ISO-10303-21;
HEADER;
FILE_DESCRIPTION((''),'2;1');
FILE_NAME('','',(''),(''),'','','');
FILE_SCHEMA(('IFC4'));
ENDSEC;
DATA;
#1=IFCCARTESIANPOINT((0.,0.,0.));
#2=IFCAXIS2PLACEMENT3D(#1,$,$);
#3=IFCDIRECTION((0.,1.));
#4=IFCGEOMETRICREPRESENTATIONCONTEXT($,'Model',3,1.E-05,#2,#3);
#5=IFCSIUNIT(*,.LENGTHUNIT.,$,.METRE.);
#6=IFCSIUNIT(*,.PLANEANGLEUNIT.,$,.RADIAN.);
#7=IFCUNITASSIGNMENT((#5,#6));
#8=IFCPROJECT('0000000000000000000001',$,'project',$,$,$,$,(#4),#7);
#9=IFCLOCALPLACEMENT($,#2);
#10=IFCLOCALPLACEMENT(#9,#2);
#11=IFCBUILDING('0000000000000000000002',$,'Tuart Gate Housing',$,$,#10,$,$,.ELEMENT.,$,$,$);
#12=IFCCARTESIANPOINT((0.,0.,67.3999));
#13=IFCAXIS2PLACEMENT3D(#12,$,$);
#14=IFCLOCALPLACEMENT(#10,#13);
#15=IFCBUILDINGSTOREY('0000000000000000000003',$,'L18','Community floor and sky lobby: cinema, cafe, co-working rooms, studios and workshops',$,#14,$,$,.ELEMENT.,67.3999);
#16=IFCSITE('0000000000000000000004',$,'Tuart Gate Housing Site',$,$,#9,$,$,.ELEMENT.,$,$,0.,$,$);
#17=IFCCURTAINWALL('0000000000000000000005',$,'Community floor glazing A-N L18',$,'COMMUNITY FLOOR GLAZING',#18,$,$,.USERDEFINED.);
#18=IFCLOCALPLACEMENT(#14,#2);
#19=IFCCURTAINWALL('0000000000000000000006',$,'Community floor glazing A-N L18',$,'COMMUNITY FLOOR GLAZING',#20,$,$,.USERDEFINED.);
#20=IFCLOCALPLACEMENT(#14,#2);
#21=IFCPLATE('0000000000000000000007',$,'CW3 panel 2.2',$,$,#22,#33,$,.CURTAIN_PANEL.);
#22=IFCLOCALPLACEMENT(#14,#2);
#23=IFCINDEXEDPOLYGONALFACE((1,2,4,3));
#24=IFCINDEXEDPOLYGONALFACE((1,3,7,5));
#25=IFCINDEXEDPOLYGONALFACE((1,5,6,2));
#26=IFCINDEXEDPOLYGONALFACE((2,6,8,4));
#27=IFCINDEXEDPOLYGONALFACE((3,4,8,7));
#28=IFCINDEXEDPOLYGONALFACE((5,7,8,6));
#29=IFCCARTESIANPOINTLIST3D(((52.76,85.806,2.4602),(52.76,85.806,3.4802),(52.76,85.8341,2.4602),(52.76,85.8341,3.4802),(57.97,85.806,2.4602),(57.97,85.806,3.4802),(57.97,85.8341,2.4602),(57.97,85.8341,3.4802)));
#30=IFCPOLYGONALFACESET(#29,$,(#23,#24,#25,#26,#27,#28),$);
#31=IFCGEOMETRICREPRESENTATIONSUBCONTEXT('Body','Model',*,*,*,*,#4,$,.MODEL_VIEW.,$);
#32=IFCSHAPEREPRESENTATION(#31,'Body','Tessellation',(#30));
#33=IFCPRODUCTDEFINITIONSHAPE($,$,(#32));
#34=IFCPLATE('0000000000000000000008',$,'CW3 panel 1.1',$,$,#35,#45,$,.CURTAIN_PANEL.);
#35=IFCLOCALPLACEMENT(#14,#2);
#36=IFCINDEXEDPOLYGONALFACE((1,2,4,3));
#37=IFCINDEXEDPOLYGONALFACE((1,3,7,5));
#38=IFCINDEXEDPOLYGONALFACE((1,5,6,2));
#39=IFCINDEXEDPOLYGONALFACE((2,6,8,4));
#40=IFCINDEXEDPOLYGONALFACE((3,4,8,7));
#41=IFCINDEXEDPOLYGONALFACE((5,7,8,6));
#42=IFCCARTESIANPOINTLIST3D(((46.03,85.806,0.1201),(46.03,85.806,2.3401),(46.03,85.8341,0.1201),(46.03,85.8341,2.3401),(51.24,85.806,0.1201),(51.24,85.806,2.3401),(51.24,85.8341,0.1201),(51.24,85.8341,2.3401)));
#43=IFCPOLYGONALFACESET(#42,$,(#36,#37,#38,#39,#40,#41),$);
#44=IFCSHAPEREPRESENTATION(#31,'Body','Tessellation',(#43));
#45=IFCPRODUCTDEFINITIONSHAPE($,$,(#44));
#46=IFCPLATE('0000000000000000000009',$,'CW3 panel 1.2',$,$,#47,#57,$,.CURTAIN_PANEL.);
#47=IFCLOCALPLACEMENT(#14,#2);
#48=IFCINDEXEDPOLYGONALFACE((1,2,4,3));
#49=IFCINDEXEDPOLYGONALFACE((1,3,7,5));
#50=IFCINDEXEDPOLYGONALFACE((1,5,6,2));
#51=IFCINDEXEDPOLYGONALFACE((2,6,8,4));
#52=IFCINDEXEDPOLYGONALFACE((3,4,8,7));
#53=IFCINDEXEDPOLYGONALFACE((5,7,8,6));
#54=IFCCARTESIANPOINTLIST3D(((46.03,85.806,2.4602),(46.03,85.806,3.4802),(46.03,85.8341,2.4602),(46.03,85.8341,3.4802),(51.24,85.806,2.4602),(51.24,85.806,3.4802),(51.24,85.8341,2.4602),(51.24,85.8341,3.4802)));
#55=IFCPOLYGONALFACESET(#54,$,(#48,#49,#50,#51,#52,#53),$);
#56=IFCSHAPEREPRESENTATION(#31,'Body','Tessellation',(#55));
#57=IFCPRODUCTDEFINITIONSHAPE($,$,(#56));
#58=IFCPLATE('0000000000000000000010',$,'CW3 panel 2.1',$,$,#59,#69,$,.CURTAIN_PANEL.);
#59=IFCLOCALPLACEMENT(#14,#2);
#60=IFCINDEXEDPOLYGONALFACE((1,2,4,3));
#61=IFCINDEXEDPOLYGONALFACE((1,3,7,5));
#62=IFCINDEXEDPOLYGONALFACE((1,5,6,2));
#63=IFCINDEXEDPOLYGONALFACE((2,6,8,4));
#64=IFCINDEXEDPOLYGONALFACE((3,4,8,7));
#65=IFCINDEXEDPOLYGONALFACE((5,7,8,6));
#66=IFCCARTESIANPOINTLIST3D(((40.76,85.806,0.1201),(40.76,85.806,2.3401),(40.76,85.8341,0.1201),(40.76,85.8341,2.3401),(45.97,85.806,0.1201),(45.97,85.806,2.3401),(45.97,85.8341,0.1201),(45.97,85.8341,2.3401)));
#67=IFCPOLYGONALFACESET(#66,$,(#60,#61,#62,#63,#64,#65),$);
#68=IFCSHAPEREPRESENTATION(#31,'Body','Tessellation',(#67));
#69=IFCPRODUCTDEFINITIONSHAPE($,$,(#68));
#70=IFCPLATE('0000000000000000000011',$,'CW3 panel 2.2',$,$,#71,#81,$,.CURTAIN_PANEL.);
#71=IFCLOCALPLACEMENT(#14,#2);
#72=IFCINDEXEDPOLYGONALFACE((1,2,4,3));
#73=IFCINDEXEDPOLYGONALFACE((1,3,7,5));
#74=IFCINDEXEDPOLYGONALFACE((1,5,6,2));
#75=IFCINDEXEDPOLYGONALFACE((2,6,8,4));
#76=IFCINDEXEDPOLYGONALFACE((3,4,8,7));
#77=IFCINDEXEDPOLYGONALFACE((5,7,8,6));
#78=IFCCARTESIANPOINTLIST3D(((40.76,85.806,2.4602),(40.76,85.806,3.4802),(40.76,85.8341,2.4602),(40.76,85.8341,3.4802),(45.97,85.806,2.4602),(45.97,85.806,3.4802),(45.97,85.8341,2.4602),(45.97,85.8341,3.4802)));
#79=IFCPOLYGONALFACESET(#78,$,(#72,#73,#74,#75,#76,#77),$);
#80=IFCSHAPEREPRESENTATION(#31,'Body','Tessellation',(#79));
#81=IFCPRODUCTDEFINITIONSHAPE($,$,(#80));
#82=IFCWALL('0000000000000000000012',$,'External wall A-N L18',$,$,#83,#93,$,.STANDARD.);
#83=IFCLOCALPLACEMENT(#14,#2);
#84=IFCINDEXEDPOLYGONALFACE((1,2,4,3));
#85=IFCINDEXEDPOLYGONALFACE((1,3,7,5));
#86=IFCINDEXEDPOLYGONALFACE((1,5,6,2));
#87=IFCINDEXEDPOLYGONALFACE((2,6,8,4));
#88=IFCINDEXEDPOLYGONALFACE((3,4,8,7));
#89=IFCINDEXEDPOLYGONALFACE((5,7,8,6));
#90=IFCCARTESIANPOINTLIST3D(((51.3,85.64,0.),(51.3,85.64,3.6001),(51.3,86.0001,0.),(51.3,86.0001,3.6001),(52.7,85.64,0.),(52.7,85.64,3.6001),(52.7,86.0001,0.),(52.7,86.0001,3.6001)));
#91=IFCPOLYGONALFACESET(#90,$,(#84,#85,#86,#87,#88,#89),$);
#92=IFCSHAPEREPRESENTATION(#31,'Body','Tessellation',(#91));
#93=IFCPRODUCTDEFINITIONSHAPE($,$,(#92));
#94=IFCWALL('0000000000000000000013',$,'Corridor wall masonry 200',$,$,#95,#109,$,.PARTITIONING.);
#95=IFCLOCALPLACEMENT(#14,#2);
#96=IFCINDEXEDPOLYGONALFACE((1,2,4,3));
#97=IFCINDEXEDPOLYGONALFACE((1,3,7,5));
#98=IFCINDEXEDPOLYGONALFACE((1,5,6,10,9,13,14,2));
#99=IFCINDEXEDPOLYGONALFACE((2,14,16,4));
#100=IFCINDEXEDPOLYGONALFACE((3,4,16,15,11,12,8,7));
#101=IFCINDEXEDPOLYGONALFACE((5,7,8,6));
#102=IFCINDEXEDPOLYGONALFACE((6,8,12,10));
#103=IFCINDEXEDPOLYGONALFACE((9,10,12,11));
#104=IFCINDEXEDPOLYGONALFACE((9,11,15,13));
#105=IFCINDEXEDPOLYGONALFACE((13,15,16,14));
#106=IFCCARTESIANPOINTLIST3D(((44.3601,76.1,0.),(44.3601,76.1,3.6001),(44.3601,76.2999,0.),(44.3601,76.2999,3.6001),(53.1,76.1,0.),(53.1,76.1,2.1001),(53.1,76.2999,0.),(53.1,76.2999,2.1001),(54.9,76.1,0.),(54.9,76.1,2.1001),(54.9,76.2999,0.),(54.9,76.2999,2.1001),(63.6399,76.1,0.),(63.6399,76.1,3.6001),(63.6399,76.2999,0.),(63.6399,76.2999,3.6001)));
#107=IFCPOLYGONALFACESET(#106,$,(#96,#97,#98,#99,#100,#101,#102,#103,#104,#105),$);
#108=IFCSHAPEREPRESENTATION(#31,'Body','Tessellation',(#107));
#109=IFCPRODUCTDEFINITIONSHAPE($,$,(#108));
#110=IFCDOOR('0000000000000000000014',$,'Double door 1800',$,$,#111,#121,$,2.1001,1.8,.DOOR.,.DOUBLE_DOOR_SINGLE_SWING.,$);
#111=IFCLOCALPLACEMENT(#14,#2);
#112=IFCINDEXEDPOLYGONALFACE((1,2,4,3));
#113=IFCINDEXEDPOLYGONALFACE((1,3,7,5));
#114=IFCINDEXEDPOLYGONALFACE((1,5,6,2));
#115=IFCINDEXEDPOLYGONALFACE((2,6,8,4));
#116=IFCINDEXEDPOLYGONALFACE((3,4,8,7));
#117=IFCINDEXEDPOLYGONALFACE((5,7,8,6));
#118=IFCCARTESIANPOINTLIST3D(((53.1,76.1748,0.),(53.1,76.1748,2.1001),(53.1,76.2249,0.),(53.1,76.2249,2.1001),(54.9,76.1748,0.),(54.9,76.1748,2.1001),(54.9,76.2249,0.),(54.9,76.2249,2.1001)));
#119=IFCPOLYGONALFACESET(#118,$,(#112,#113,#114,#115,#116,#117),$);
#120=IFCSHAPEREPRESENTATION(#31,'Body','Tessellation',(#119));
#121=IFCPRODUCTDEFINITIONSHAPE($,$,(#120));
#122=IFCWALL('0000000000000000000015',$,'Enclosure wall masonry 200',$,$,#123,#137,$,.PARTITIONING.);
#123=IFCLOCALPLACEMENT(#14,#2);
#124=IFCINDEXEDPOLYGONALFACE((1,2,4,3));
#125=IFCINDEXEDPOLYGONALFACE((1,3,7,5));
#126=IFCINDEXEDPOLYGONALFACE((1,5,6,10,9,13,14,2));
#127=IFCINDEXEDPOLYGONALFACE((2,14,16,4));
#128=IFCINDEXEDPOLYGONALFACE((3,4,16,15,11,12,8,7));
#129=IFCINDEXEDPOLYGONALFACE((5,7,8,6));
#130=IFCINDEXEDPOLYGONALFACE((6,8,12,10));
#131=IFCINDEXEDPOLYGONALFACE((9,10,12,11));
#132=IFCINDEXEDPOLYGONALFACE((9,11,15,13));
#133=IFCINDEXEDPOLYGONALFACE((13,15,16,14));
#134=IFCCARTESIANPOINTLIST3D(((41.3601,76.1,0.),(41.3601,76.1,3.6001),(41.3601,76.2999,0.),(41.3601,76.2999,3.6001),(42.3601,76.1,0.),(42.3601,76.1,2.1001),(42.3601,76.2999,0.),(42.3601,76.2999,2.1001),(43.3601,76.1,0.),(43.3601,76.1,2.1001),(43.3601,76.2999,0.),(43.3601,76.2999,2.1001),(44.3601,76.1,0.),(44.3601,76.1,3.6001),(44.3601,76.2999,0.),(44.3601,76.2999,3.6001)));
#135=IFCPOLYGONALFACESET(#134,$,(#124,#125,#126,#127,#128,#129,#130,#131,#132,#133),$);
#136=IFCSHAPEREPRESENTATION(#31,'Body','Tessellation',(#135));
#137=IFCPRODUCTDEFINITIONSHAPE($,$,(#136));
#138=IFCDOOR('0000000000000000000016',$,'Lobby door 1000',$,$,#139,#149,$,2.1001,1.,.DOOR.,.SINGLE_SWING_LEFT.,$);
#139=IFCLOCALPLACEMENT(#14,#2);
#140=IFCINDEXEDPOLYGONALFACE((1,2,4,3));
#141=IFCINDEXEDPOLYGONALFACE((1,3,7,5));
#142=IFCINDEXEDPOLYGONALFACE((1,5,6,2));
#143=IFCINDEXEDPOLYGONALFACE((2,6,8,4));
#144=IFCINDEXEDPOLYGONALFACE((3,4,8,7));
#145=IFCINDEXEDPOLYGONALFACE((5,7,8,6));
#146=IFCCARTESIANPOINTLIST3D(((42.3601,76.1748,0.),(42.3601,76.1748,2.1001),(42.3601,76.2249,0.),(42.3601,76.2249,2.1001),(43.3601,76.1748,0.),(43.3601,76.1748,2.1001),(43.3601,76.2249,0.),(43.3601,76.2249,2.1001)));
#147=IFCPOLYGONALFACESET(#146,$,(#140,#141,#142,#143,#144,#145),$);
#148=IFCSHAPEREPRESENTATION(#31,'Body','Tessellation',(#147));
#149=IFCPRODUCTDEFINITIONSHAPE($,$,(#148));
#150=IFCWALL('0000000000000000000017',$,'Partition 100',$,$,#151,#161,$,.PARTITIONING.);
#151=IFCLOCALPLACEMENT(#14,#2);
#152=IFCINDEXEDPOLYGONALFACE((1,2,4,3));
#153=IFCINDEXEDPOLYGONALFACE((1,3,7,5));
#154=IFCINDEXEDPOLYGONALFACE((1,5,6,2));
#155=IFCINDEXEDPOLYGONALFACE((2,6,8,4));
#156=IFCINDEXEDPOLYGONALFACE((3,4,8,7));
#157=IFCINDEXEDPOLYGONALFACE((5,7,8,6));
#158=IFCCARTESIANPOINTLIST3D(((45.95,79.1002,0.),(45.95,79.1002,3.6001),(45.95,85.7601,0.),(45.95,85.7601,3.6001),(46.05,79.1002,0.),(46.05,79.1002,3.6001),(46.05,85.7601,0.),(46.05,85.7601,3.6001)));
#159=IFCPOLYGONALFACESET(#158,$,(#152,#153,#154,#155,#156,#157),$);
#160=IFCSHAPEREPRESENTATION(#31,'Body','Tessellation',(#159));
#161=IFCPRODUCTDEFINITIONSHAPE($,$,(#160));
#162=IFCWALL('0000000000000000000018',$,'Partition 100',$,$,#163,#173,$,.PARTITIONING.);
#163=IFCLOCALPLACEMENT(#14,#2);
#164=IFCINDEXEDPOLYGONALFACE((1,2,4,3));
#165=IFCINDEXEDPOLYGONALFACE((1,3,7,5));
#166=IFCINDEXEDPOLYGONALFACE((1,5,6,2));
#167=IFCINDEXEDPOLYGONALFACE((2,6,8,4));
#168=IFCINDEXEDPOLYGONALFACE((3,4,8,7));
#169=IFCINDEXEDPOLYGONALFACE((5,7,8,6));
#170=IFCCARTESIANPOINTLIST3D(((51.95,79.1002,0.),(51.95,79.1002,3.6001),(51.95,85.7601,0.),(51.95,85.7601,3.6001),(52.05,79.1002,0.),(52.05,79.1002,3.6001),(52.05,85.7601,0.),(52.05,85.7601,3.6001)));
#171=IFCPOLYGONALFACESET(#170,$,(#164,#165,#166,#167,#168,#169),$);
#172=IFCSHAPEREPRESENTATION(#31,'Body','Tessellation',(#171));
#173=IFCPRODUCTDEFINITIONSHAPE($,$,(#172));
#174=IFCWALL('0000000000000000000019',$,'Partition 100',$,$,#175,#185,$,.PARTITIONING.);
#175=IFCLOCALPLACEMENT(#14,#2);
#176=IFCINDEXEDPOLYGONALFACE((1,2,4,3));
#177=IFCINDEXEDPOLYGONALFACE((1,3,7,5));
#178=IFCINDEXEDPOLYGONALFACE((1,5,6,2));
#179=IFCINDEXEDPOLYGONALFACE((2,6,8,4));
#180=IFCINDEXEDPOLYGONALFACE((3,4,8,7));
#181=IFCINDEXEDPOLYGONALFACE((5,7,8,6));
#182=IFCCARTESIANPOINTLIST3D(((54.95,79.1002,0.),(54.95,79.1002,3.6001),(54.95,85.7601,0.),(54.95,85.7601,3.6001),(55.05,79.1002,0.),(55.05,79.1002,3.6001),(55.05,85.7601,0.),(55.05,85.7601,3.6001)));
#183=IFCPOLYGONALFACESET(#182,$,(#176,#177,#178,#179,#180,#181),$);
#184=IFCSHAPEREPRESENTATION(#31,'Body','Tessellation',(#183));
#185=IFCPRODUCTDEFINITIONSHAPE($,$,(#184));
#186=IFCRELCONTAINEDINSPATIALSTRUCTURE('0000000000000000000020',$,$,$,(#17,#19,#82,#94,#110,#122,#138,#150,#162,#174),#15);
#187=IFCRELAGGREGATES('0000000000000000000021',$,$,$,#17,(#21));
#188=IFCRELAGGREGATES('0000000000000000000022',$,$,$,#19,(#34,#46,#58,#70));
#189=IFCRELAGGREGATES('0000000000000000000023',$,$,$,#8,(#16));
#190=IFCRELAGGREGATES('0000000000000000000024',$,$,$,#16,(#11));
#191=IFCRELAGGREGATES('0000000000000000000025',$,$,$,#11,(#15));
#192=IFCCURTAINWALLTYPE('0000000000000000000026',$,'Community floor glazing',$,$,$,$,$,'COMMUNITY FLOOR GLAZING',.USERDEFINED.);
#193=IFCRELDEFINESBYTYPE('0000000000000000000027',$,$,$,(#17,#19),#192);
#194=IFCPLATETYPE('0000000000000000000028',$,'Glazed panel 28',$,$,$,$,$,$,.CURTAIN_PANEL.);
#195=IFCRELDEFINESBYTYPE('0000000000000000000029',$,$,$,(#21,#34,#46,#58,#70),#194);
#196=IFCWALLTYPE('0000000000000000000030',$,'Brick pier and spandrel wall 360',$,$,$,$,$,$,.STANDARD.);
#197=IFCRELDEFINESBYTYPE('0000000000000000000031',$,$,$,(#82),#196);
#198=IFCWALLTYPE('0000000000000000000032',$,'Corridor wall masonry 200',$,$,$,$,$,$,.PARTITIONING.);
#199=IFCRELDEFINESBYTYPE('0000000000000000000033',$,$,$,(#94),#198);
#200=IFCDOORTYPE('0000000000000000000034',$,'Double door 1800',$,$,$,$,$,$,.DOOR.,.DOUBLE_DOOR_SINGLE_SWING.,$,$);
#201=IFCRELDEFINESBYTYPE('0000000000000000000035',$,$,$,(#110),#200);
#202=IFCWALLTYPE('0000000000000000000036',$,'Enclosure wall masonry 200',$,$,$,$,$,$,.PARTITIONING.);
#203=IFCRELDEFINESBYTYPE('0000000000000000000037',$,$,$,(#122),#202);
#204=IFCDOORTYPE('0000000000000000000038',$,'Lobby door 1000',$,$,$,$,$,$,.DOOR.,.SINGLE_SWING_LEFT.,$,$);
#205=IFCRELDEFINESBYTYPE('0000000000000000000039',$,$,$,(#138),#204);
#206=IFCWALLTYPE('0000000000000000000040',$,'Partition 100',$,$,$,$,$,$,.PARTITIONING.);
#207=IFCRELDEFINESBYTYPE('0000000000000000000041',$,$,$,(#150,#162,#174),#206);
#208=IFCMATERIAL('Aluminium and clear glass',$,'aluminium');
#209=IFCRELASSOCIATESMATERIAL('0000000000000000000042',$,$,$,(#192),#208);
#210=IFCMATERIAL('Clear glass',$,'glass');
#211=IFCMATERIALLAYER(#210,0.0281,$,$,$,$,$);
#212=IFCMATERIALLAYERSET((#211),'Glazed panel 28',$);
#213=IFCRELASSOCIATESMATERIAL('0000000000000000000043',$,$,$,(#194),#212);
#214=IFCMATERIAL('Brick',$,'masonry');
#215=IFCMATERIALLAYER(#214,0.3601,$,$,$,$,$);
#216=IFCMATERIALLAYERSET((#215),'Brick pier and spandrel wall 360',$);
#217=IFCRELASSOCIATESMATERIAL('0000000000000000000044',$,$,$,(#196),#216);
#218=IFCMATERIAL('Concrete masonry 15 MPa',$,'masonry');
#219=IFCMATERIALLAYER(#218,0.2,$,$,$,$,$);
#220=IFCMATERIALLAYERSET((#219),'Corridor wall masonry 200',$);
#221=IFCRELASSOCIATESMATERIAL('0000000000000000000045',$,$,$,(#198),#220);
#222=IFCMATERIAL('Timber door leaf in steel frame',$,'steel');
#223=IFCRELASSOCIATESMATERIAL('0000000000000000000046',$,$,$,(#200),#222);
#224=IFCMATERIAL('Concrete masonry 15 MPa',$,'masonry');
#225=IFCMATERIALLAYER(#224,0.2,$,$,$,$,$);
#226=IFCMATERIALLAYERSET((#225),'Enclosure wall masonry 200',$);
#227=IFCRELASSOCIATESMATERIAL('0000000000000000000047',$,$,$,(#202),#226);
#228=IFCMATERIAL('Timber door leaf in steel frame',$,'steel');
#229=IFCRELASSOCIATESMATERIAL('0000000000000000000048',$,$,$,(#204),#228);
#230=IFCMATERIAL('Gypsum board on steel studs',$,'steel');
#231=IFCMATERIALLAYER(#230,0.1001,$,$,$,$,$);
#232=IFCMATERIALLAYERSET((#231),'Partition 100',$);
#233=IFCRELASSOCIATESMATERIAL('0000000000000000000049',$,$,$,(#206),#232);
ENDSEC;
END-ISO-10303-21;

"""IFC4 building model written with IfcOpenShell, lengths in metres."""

from ifc_helpers import new_model, si_unit, direction, frame, frame_2d, origin, origin_2d, place, context, subcontext, project, spatial, rectangle, extrude, material, layer, layer_set, type_object, element, fill, aggregate, save


model = new_model("IFC4")

# Units and contexts
model_context = context("Model", 3, precision=1e-05, world=origin(), true_north=direction((0.0, 1.0)))
body_context = subcontext(model_context, "Body", "Model", "MODEL_VIEW")
ifc_project = project(units=[si_unit("LENGTHUNIT", "METRE"), si_unit("PLANEANGLEUNIT", "RADIAN")], contexts=[model_context])

# Site, building, storey
site_placement = place(None, origin())
site = spatial("IfcSite", under=ifc_project, at=site_placement, Name="Tuart Gate Housing Site", CompositionType="ELEMENT", RefElevation=0.0)
building_placement = place(site_placement, origin())
building = spatial("IfcBuilding", under=site, at=building_placement, Name="Tuart Gate Housing", CompositionType="ELEMENT")
storey_placement = place(building_placement, frame((0.0, 0.0, 67.3999)))
storey = spatial("IfcBuildingStorey", under=building, at=storey_placement, Name="L18", Description="Community floor and sky lobby: cinema, cafe, co-working rooms, studios and workshops", CompositionType="ELEMENT", Elevation=67.3999)

# Curtain wall
ifc_material_1 = material(Name="Aluminium and clear glass", Category="aluminium")
curtain_wall_type = type_object("IfcCurtainWallType", Name="Community floor glazing", ElementType="COMMUNITY FLOOR GLAZING", PredefinedType="USERDEFINED", material=ifc_material_1)
curtain_wall_1_placement = place(storey_placement, origin())
curtain_wall_1 = element("IfcCurtainWall", 1, at=curtain_wall_1_placement, inside=storey, type_object=curtain_wall_type, Name="Community floor glazing A-N L18", ObjectType="COMMUNITY FLOOR GLAZING", PredefinedType="USERDEFINED")

# Curtain wall
curtain_wall_2_placement = place(storey_placement, origin())
curtain_wall_2 = element("IfcCurtainWall", 2, at=curtain_wall_2_placement, inside=storey, type_object=curtain_wall_type, Name="Community floor glazing A-N L18", ObjectType="COMMUNITY FLOOR GLAZING", PredefinedType="USERDEFINED")

# Plates
ifc_material_2 = material(Name="Clear glass", Category="glass")
ifc_layer_1 = layer(ifc_material_2, 0.0281)
ifc_layer_set_1 = layer_set([ifc_layer_1], Name="Glazed panel 28")
plate_type = type_object("IfcPlateType", Name="Glazed panel 28", PredefinedType="CURTAIN_PANEL", material=ifc_layer_set_1)
plate_1_placement = place(storey_placement, frame((55.365, 85.8201, 2.4602), z_axis=(0.0, 0.0, 1.0), x_axis=(-1.0, 0.0, 0.0)))
plate_1 = element("IfcPlate", 3, at=plate_1_placement, type_object=plate_type, Name="CW3 panel 2.2", PredefinedType="CURTAIN_PANEL", context=body_context, shape_type="SweptSolid", body=[
    extrude(rectangle(XDim=5.21, YDim=0.0281, at=origin_2d()), origin(), (0.0, 0.0, 1.0), 1.02),
])
aggregate(curtain_wall_1, [plate_1])
plate_2_placement = place(storey_placement, frame((48.635, 85.8201, 0.1201), z_axis=(0.0, 0.0, 1.0), x_axis=(-1.0, 0.0, 0.0)))
plate_2 = element("IfcPlate", 4, at=plate_2_placement, type_object=plate_type, Name="CW3 panel 1.1", PredefinedType="CURTAIN_PANEL", context=body_context, shape_type="SweptSolid", body=[
    extrude(rectangle(XDim=5.21, YDim=0.0281, at=origin_2d()), origin(), (0.0, 0.0, 1.0), 2.22),
])
plate_3_placement = place(storey_placement, frame((48.635, 85.8201, 2.4602), z_axis=(0.0, 0.0, 1.0), x_axis=(-1.0, 0.0, 0.0)))
plate_3 = element("IfcPlate", 5, at=plate_3_placement, type_object=plate_type, Name="CW3 panel 1.2", PredefinedType="CURTAIN_PANEL", context=body_context, shape_type="SweptSolid", body=[
    extrude(rectangle(XDim=5.21, YDim=0.0281, at=origin_2d()), origin(), (0.0, 0.0, 1.0), 1.02),
])
plate_4_placement = place(storey_placement, frame((43.365, 85.8201, 0.1201), z_axis=(0.0, 0.0, 1.0), x_axis=(-1.0, 0.0, 0.0)))
plate_4 = element("IfcPlate", 6, at=plate_4_placement, type_object=plate_type, Name="CW3 panel 2.1", PredefinedType="CURTAIN_PANEL", context=body_context, shape_type="SweptSolid", body=[
    extrude(rectangle(XDim=5.21, YDim=0.0281, at=origin_2d()), origin(), (0.0, 0.0, 1.0), 2.22),
])
plate_5_placement = place(storey_placement, frame((43.365, 85.8201, 2.4602), z_axis=(0.0, 0.0, 1.0), x_axis=(-1.0, 0.0, 0.0)))
plate_5 = element("IfcPlate", 7, at=plate_5_placement, type_object=plate_type, Name="CW3 panel 2.2", PredefinedType="CURTAIN_PANEL", context=body_context, shape_type="SweptSolid", body=[
    extrude(rectangle(XDim=5.21, YDim=0.0281, at=origin_2d()), origin(), (0.0, 0.0, 1.0), 1.02),
])
aggregate(curtain_wall_2, [plate_2, plate_3, plate_4, plate_5])

# Wall
ifc_material_3 = material(Name="Brick", Category="masonry")
ifc_layer_2 = layer(ifc_material_3, 0.3601)
ifc_layer_set_2 = layer_set([ifc_layer_2], Name="Brick pier and spandrel wall 360")
wall_type_1 = type_object("IfcWallType", Name="Brick pier and spandrel wall 360", PredefinedType="STANDARD", material=ifc_layer_set_2)
wall_1_placement = place(storey_placement, frame((52.7, 85.8201, 0.0), z_axis=(0.0, 0.0, 1.0), x_axis=(-1.0, 0.0, 0.0)))
element("IfcWall", 8, at=wall_1_placement, inside=storey, type_object=wall_type_1, Name="External wall A-N L18", PredefinedType="STANDARD", context=body_context, shape_type="SweptSolid", body=[
    extrude(rectangle(XDim=1.3999, YDim=0.3601, at=frame_2d((0.7, 0.0))), origin(), (0.0, 0.0, 1.0), 3.6001),
])

# Walls, openings, doors
ifc_material_4 = material(Name="Concrete masonry 15 MPa", Category="masonry")
ifc_layer_3 = layer(ifc_material_4, 0.2)
ifc_layer_set_3 = layer_set([ifc_layer_3], Name="Corridor wall masonry 200")
wall_type_2 = type_object("IfcWallType", Name="Corridor wall masonry 200", PredefinedType="PARTITIONING", material=ifc_layer_set_3)
wall_2_placement = place(storey_placement, frame((44.3601, 76.2, 0.0), z_axis=(0.0, 0.0, 1.0), x_axis=(1.0, 0.0, 0.0)))
wall_2 = element("IfcWall", 9, at=wall_2_placement, inside=storey, type_object=wall_type_2, Name="Corridor wall masonry 200", PredefinedType="PARTITIONING", context=body_context, shape_type="SweptSolid", body=[
    extrude(rectangle(XDim=19.2798, YDim=0.2, at=frame_2d((9.6399, 0.0))), origin(), (0.0, 0.0, 1.0), 3.6001),
])
opening_1_placement = place(wall_2_placement, frame((8.74, 0.0, 0.0)))
opening_1 = element("IfcOpeningElement", 10, at=opening_1_placement, cuts=wall_2, PredefinedType="OPENING", context=body_context, shape_type="SweptSolid", body=[
    extrude(rectangle(XDim=1.8, YDim=2.1001, at=frame_2d((0.8999, 1.05))), frame((0.0, 0.1099, 0.0), z_axis=(0.0, -1.0, 0.0), x_axis=(1.0, 0.0, 0.0)), (0.0, 0.0, 1.0), 0.22),
])
ifc_material_5 = material(Name="Timber door leaf in steel frame", Category="steel")
door_type_1 = type_object("IfcDoorType", Name="Double door 1800", OperationType="DOUBLE_DOOR_SINGLE_SWING", PredefinedType="DOOR", material=ifc_material_5)
door_1_placement = place(opening_1_placement, origin())
door_1 = element("IfcDoor", 11, at=door_1_placement, inside=storey, type_object=door_type_1, Name="Double door 1800", OperationType="DOUBLE_DOOR_SINGLE_SWING", OverallHeight=2.1001, OverallWidth=1.8, PredefinedType="DOOR", context=body_context, shape_type="SweptSolid", body=[
    extrude(rectangle(XDim=1.8, YDim=2.1001, at=frame_2d((0.8999, 1.05))), frame((0.0, 0.0249, 0.0), z_axis=(0.0, -1.0, 0.0), x_axis=(1.0, 0.0, 0.0)), (0.0, 0.0, 1.0), 0.05),
])
fill(opening_1, door_1)
ifc_material_6 = material(Name="Concrete masonry 15 MPa", Category="masonry")
ifc_layer_4 = layer(ifc_material_6, 0.2)
ifc_layer_set_4 = layer_set([ifc_layer_4], Name="Enclosure wall masonry 200")
wall_type_3 = type_object("IfcWallType", Name="Enclosure wall masonry 200", PredefinedType="PARTITIONING", material=ifc_layer_set_4)
wall_3_placement = place(storey_placement, frame((41.3601, 76.2, 0.0), z_axis=(0.0, 0.0, 1.0), x_axis=(1.0, 0.0, 0.0)))
wall_3 = element("IfcWall", 12, at=wall_3_placement, inside=storey, type_object=wall_type_3, Name="Enclosure wall masonry 200", PredefinedType="PARTITIONING", context=body_context, shape_type="SweptSolid", body=[
    extrude(rectangle(XDim=3.0, YDim=0.2, at=frame_2d((1.5, 0.0))), origin(), (0.0, 0.0, 1.0), 3.6001),
])
opening_2_placement = place(wall_3_placement, frame((1.0, 0.0, 0.0)))
opening_2 = element("IfcOpeningElement", 13, at=opening_2_placement, cuts=wall_3, PredefinedType="OPENING", context=body_context, shape_type="SweptSolid", body=[
    extrude(rectangle(XDim=1.0, YDim=2.1001, at=frame_2d((0.5, 1.05))), frame((0.0, 0.1099, 0.0), z_axis=(0.0, -1.0, 0.0), x_axis=(1.0, 0.0, 0.0)), (0.0, 0.0, 1.0), 0.22),
])
ifc_material_7 = material(Name="Timber door leaf in steel frame", Category="steel")
door_type_2 = type_object("IfcDoorType", Name="Lobby door 1000", OperationType="SINGLE_SWING_LEFT", PredefinedType="DOOR", material=ifc_material_7)
door_2_placement = place(opening_2_placement, frame((1.0, 0.0, 0.0), z_axis=(0.0, 0.0, 1.0), x_axis=(-1.0, 0.0, 0.0)))
door_2 = element("IfcDoor", 14, at=door_2_placement, inside=storey, type_object=door_type_2, Name="Lobby door 1000", OperationType="SINGLE_SWING_LEFT", OverallHeight=2.1001, OverallWidth=1.0, PredefinedType="DOOR", context=body_context, shape_type="SweptSolid", body=[
    extrude(rectangle(XDim=1.0, YDim=2.1001, at=frame_2d((0.5, 1.05))), frame((0.0, 0.0251, 0.0), z_axis=(0.0, -1.0, 0.0), x_axis=(1.0, 0.0, 0.0)), (0.0, 0.0, 1.0), 0.05),
])
fill(opening_2, door_2)

# Walls
ifc_material_8 = material(Name="Gypsum board on steel studs", Category="steel")
ifc_layer_5 = layer(ifc_material_8, 0.1001)
ifc_layer_set_5 = layer_set([ifc_layer_5], Name="Partition 100")
wall_type_4 = type_object("IfcWallType", Name="Partition 100", PredefinedType="PARTITIONING", material=ifc_layer_set_5)
for number, where, z_axis, x_axis, name in (
    (15, (46.0, 79.1001, 0.0), (0.0, 0.0, 1.0), (0.0, 1.0, 0.0), "Partition 100"),
    (16, (52.0, 79.1001, 0.0), (0.0, 0.0, 1.0), (0.0, 1.0, 0.0), "Partition 100"),
    (17, (55.0, 79.1001, 0.0), (0.0, 0.0, 1.0), (0.0, 1.0, 0.0), "Partition 100"),
):
    element("IfcWall", number, at=place(storey_placement, frame(where, z_axis=z_axis, x_axis=x_axis)), inside=storey, type_object=wall_type_4, Name=name, PredefinedType="PARTITIONING", context=body_context, shape_type="SweptSolid", body=[
        extrude(rectangle(XDim=6.6599, YDim=0.1001, at=frame_2d((3.3301, 0.0))), origin(), (0.0, 0.0, 1.0), 3.6001),
    ])

save(model, "model.ifc")
